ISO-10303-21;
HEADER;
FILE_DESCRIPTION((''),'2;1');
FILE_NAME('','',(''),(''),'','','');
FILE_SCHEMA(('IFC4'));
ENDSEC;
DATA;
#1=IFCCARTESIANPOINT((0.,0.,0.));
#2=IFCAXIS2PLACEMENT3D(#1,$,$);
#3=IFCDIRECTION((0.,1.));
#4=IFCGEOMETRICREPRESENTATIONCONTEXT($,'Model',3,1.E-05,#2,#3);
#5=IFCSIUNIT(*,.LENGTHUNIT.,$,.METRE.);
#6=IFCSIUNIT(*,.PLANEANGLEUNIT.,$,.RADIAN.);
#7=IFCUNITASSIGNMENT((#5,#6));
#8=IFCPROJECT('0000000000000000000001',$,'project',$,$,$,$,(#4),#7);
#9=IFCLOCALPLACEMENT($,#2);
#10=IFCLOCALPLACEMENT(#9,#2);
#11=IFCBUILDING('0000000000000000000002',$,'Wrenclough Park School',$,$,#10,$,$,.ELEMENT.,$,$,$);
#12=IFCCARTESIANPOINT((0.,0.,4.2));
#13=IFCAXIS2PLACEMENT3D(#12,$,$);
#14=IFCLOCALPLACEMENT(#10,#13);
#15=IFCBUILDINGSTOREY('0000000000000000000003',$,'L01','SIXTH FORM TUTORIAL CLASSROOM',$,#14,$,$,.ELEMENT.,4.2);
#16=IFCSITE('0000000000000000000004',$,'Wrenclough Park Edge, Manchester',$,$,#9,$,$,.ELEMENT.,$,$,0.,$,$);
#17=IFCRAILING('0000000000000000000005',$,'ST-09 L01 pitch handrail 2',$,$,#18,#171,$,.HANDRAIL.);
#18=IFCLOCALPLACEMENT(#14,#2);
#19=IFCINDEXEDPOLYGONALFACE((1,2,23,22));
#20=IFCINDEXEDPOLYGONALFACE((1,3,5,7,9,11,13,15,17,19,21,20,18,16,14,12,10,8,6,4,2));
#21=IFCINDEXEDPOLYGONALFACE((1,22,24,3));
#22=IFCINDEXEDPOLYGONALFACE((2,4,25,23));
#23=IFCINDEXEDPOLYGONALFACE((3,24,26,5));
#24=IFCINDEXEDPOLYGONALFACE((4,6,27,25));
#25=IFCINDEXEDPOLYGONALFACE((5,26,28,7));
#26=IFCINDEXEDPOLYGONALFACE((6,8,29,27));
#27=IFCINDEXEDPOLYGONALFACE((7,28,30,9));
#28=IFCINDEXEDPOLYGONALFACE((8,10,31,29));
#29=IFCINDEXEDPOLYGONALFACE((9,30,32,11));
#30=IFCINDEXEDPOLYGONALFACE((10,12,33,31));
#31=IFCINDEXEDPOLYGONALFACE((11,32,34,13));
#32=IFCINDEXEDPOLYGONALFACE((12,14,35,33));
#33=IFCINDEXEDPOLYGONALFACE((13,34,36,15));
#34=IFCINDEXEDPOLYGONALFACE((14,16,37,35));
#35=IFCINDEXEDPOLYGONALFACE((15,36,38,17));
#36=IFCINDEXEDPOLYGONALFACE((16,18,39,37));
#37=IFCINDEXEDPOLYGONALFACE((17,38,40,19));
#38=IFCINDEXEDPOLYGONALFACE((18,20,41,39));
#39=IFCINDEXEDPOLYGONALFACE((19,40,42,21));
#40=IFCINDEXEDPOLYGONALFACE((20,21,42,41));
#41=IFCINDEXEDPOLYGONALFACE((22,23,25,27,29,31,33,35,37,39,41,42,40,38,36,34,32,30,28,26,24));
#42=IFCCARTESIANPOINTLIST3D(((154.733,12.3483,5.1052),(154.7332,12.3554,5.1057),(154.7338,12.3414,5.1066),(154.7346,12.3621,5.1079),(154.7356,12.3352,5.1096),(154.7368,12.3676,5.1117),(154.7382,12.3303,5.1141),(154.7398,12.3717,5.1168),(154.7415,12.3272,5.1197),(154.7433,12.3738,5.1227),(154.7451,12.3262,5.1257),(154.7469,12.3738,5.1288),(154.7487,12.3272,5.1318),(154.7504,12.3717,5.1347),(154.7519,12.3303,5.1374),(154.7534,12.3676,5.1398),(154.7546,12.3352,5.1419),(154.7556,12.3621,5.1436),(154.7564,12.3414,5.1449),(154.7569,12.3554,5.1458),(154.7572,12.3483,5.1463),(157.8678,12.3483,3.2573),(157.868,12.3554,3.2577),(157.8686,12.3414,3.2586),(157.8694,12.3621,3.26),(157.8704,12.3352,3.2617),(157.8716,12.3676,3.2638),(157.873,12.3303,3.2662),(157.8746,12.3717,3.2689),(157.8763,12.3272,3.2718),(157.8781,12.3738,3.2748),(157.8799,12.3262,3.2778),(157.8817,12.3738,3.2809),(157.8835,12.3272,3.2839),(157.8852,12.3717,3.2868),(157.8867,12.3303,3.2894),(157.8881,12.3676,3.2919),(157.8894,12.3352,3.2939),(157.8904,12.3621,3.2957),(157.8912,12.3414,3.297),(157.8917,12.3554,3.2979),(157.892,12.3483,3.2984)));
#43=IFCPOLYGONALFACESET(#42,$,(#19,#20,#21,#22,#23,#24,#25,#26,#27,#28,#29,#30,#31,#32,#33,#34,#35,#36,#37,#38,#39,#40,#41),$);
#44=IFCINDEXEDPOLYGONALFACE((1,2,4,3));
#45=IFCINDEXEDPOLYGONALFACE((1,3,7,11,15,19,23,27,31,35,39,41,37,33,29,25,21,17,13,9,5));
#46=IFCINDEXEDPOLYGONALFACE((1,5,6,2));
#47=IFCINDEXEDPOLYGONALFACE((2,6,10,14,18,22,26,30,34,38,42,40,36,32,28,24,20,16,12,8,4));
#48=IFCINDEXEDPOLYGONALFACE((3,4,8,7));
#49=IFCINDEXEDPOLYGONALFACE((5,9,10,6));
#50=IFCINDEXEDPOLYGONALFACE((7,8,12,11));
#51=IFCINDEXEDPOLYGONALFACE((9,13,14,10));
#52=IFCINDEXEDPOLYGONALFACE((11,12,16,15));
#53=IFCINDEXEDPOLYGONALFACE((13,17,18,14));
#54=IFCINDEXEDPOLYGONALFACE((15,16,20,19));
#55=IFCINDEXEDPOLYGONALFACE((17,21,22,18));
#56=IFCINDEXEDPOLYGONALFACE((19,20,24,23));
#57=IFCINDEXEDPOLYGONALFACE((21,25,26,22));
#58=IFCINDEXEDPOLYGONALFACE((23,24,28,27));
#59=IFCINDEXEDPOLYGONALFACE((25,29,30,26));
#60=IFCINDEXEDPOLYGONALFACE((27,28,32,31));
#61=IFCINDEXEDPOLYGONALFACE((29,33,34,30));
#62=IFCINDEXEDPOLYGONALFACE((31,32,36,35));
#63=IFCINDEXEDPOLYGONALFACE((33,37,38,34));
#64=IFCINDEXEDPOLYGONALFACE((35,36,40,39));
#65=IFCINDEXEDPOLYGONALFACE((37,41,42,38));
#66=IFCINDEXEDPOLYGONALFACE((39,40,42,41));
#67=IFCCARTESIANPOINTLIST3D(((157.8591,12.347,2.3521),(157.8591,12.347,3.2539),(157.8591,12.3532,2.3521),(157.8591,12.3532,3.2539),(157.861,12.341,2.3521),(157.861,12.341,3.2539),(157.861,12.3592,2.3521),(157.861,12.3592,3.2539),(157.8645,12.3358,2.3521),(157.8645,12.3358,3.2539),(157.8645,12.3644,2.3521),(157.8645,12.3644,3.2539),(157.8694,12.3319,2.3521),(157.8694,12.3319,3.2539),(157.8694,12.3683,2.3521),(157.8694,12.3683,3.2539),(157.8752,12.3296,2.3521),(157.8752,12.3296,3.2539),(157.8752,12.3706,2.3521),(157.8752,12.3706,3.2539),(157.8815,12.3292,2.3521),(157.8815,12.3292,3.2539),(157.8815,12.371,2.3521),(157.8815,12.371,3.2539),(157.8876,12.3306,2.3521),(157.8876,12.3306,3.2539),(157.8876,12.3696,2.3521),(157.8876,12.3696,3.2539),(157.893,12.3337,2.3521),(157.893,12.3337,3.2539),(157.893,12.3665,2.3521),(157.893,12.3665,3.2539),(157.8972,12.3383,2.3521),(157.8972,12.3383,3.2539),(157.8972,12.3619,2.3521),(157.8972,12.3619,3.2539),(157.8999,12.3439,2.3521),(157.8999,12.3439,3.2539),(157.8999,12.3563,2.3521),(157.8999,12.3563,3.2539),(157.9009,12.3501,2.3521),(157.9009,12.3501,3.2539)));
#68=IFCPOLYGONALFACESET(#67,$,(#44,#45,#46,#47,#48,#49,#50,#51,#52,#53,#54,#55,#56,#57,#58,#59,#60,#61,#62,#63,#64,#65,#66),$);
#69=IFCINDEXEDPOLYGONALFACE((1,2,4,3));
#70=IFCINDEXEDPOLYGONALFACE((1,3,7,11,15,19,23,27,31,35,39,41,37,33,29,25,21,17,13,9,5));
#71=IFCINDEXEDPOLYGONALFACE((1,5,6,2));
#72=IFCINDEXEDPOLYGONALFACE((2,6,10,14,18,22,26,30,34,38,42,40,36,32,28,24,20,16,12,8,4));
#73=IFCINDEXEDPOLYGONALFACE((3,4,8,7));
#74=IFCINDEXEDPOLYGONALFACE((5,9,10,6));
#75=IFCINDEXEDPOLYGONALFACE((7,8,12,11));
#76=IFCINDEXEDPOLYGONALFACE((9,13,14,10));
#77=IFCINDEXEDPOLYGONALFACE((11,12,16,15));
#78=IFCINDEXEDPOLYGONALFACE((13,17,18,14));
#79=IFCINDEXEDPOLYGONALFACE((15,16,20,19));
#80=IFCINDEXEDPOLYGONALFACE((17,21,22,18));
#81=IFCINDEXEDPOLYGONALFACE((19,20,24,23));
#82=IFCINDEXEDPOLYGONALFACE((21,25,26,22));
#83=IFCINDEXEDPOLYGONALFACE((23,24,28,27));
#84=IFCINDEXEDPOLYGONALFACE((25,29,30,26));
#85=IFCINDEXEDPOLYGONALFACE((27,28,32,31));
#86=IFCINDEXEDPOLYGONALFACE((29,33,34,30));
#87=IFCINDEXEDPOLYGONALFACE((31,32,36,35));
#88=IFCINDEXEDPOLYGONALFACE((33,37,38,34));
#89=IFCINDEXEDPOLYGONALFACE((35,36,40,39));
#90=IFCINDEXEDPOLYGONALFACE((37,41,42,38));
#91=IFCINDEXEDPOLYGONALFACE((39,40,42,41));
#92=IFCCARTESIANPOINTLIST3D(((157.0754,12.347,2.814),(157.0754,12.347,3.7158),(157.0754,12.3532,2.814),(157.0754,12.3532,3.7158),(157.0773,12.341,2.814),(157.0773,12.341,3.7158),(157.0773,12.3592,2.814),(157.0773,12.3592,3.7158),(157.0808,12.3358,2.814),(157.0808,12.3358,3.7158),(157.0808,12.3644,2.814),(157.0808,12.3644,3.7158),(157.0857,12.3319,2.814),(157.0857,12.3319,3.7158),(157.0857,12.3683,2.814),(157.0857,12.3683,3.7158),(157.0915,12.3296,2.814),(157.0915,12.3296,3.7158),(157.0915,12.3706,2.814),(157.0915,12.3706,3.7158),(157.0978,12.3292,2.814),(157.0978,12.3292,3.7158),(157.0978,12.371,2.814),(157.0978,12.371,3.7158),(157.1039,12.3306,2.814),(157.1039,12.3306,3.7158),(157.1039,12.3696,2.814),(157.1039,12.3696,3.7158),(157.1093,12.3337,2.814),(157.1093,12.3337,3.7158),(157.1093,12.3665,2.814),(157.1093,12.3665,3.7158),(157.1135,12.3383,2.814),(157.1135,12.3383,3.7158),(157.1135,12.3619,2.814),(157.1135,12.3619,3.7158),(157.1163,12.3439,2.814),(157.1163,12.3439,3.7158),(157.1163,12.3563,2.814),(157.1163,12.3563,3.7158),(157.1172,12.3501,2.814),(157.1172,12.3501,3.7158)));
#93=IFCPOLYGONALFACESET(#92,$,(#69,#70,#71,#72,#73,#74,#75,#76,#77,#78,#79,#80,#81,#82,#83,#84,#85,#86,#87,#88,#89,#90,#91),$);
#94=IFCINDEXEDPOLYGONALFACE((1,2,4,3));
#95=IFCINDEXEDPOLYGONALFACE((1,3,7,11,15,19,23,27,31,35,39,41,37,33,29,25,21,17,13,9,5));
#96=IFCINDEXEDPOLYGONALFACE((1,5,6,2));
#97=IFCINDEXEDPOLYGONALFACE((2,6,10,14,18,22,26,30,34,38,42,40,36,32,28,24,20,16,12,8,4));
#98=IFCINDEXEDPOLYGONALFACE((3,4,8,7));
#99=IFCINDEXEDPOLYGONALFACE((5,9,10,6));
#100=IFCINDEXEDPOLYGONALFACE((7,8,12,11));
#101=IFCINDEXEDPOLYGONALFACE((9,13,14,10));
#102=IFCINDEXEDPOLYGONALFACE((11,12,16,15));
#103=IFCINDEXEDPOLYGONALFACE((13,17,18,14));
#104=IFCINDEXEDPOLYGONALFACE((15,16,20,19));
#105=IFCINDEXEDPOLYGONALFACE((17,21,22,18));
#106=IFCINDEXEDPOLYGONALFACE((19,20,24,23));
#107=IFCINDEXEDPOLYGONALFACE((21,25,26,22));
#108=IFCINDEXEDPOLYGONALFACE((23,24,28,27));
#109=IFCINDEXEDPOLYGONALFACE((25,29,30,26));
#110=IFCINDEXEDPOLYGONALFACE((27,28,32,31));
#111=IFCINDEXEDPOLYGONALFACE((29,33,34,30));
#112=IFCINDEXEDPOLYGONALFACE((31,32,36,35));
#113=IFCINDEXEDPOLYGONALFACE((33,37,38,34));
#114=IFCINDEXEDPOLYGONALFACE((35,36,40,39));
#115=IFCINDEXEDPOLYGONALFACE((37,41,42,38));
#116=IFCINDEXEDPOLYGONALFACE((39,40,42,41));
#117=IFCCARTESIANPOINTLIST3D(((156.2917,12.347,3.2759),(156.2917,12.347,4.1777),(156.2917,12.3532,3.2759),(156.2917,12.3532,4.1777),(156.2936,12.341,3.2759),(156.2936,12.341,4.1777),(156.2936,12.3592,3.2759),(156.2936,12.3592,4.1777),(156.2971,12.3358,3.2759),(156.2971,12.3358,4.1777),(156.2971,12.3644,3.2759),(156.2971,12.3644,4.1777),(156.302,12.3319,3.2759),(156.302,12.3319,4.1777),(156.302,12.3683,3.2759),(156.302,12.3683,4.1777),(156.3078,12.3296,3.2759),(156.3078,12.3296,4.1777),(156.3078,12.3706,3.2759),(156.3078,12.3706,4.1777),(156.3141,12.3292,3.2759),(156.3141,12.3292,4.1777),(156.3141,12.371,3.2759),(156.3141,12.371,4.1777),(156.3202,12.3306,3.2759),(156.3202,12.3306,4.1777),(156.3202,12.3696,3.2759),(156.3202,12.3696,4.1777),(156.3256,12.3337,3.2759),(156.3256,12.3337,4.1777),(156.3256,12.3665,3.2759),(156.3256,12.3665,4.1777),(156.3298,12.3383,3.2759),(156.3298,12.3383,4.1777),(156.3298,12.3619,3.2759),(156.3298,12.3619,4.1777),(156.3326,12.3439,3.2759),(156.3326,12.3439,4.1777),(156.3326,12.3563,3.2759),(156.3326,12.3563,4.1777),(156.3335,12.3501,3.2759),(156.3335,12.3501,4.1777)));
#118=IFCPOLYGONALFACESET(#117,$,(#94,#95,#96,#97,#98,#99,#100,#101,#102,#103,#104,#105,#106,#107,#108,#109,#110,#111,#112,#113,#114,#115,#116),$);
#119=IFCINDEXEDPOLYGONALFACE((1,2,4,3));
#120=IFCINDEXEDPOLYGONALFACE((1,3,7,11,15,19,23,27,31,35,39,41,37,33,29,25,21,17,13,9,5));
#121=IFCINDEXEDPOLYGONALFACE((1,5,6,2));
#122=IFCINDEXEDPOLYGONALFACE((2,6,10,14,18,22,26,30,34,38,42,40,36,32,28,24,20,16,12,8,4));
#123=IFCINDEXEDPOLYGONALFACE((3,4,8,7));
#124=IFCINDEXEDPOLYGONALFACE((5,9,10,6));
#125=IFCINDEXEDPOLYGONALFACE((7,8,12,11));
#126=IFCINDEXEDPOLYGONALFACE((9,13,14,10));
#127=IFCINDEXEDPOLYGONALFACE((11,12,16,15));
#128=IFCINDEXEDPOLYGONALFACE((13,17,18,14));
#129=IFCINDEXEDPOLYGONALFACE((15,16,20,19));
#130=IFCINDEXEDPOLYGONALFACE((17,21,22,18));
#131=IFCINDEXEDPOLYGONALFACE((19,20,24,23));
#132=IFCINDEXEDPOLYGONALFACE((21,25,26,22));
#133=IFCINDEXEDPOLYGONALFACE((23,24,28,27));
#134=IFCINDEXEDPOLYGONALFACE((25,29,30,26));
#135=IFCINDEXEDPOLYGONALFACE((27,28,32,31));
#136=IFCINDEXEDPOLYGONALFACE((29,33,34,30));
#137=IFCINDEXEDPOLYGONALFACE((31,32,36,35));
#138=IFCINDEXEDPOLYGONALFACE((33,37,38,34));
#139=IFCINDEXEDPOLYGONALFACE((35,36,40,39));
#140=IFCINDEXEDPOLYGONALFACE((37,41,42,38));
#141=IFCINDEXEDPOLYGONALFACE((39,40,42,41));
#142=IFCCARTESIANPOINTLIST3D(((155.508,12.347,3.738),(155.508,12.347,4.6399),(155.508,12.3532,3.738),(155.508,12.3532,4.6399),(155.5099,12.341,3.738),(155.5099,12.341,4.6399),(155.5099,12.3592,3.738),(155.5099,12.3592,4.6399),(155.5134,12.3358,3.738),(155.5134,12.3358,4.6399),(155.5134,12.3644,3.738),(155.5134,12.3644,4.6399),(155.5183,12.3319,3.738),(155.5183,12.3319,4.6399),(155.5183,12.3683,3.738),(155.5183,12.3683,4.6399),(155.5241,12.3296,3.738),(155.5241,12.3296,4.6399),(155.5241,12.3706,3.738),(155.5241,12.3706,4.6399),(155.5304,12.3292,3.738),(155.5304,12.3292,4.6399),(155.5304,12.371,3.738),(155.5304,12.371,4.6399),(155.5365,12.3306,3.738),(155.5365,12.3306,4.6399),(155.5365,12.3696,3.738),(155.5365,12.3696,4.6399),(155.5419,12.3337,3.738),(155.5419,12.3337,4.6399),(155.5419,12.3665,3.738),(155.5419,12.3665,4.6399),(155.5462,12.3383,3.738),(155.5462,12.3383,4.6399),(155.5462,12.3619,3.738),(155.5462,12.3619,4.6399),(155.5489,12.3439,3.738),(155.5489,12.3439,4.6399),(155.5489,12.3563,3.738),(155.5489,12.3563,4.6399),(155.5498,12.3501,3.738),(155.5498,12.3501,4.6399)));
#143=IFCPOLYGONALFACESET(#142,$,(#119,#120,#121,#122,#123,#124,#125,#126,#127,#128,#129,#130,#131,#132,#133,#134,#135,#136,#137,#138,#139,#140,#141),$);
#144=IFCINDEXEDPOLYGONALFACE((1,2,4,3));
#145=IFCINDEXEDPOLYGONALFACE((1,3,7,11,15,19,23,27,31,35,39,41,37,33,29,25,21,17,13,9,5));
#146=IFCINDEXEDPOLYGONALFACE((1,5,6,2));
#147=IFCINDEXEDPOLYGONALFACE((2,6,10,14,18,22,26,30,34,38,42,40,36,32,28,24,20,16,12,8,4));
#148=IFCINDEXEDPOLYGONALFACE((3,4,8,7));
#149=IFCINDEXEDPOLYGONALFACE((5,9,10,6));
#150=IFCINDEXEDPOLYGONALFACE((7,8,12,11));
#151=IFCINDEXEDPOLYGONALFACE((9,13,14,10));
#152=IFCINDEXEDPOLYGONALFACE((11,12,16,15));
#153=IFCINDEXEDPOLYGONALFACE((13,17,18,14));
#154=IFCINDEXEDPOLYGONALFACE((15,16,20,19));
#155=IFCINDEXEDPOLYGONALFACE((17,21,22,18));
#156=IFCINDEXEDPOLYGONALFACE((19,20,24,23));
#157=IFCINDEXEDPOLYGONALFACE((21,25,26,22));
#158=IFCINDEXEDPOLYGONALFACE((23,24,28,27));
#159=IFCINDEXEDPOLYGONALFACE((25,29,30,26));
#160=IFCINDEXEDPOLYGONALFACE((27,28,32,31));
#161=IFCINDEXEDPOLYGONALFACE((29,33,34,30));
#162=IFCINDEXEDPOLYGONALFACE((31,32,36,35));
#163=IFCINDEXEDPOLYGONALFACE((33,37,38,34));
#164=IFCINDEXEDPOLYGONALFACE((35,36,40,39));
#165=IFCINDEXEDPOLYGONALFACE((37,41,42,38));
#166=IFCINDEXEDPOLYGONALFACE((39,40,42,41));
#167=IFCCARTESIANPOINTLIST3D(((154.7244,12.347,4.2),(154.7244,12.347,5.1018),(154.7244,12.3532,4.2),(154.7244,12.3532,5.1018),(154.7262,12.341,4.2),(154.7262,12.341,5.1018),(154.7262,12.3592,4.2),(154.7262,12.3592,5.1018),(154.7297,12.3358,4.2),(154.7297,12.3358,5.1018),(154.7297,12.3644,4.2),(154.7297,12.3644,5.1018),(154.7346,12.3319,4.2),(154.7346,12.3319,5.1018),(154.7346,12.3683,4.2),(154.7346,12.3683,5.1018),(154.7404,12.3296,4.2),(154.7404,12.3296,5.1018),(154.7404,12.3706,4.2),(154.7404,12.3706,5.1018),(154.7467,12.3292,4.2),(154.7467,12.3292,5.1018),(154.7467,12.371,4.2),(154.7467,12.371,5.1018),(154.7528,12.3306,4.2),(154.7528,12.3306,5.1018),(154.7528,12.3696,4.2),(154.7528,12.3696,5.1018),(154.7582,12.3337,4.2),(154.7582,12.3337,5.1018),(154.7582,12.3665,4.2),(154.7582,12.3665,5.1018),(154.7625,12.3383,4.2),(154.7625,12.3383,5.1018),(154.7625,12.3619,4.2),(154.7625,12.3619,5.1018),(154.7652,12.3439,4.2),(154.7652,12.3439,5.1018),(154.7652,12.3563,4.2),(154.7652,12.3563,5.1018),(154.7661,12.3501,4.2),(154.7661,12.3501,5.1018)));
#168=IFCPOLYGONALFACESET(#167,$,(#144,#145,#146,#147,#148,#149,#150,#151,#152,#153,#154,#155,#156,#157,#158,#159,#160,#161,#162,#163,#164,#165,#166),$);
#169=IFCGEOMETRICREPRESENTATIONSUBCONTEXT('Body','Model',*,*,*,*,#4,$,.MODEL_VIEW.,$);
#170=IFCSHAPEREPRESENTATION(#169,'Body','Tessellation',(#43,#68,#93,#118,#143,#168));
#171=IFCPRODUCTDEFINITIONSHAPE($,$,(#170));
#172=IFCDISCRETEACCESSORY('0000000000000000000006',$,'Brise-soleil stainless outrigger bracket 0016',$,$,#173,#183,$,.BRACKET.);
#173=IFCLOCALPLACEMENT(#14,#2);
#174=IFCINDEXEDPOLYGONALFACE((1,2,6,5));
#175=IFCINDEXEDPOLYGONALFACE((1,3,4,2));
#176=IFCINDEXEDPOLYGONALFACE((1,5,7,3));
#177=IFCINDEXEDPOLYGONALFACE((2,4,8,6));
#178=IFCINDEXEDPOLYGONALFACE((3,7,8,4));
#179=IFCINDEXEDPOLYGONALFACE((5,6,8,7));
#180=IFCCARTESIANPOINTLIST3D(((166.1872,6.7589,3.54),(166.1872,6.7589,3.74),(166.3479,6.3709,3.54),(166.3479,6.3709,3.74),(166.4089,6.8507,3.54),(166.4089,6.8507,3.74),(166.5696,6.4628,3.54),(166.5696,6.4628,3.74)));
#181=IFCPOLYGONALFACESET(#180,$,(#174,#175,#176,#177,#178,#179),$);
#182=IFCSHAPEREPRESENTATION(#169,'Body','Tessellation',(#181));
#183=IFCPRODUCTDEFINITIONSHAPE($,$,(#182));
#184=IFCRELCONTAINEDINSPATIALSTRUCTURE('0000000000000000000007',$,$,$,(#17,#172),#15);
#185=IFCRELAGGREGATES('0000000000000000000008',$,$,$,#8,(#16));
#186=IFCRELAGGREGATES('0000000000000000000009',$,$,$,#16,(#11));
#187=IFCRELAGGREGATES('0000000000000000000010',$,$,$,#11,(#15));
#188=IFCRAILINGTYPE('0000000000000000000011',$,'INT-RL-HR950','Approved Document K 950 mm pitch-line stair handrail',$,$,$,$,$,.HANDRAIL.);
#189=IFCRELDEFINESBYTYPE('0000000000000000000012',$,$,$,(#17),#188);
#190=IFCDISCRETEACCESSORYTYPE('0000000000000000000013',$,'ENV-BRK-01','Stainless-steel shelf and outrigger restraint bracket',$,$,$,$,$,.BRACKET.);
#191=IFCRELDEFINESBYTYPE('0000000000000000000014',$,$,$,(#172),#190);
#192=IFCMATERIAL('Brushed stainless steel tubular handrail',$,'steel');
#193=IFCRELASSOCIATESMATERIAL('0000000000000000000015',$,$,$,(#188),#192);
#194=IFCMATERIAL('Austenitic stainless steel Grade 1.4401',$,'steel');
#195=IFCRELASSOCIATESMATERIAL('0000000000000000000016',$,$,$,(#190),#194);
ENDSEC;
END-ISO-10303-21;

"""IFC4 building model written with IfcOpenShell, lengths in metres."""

from ifc_helpers import new_model, si_unit, direction, frame, origin, origin_2d, place, context, subcontext, project, spatial, rectangle, circle, extrude, material, type_object, element, save


model = new_model("IFC4")

# Units and contexts
model_context = context("Model", 3, precision=1e-05, world=origin(), true_north=direction((0.0, 1.0)))
body_context = subcontext(model_context, "Body", "Model", "MODEL_VIEW")
ifc_project = project(units=[si_unit("LENGTHUNIT", "METRE"), si_unit("PLANEANGLEUNIT", "RADIAN")], contexts=[model_context])

# Site, building, storey
site_placement = place(None, origin())
site = spatial("IfcSite", under=ifc_project, at=site_placement, Name="Wrenclough Park Edge, Manchester", CompositionType="ELEMENT", RefElevation=0.0)
building_placement = place(site_placement, origin())
building = spatial("IfcBuilding", under=site, at=building_placement, Name="Wrenclough Park School", CompositionType="ELEMENT")
storey_placement = place(building_placement, frame((0.0, 0.0, 4.2)))
storey = spatial("IfcBuildingStorey", under=building, at=storey_placement, Name="L01", Description="SIXTH FORM TUTORIAL CLASSROOM", CompositionType="ELEMENT", Elevation=4.2)

# Railing
ifc_material_1 = material(Name="Brushed stainless steel tubular handrail", Category="steel")
railing_type_1 = type_object("IfcRailingType", Name="INT-RL-HR950", Description="Approved Document K 950 mm pitch-line stair handrail", PredefinedType="HANDRAIL", material=ifc_material_1)
railing_1_placement = place(storey_placement, frame((157.8799, 12.3501, 2.3521)))
element("IfcRailing", 1, at=railing_1_placement, inside=storey, type_object=railing_type_1, Name="ST-09 L01 pitch handrail 2", PredefinedType="HANDRAIL", context=body_context, shape_type="SweptSolid", body=[
    extrude(circle(Radius=0.0239, at=origin_2d()), frame((0.0, 0.0, 0.9258), z_axis=(-0.861463, 0.0, 0.50782), x_axis=(0.0, -1.0, 0.0)), (0.0, 0.0, 1.0), 3.6389),
    extrude(circle(Radius=0.021, at=origin_2d()), origin(), (0.0, 0.0, 1.0), 0.9019),
    extrude(circle(Radius=0.021, at=origin_2d()), frame((-0.7837, 0.0, 0.4619)), (0.0, 0.0, 1.0), 0.9019),
    extrude(circle(Radius=0.021, at=origin_2d()), frame((-1.5674, 0.0, 0.9238)), (0.0, 0.0, 1.0), 0.9019),
    extrude(circle(Radius=0.021, at=origin_2d()), frame((-2.3511, 0.0, 1.386)), (0.0, 0.0, 1.0), 0.9019),
    extrude(circle(Radius=0.021, at=origin_2d()), frame((-3.1348, 0.0, 1.8479)), (0.0, 0.0, 1.0), 0.9019),
])

# Discrete accessory
ifc_material_2 = material(Name="Austenitic stainless steel Grade 1.4401", Category="steel")
discrete_accessory_type = type_object("IfcDiscreteAccessoryType", Name="ENV-BRK-01", Description="Stainless-steel shelf and outrigger restraint bracket", PredefinedType="BRACKET", material=ifc_material_2)
discrete_accessory_placement = place(storey_placement, frame((166.3784, 6.6108, 3.54), z_axis=(0.0, 0.0, 1.0), x_axis=(0.923876, 0.382692, 0.0)))
element("IfcDiscreteAccessory", 2, at=discrete_accessory_placement, inside=storey, type_object=discrete_accessory_type, Name="Brise-soleil stainless outrigger bracket 0016", PredefinedType="BRACKET", context=body_context, shape_type="SweptSolid", body=[
    extrude(rectangle(XDim=0.24, YDim=0.4199, at=origin_2d()), origin(), (0.0, 0.0, 1.0), 0.2),
])

save(model, "model.ifc")
